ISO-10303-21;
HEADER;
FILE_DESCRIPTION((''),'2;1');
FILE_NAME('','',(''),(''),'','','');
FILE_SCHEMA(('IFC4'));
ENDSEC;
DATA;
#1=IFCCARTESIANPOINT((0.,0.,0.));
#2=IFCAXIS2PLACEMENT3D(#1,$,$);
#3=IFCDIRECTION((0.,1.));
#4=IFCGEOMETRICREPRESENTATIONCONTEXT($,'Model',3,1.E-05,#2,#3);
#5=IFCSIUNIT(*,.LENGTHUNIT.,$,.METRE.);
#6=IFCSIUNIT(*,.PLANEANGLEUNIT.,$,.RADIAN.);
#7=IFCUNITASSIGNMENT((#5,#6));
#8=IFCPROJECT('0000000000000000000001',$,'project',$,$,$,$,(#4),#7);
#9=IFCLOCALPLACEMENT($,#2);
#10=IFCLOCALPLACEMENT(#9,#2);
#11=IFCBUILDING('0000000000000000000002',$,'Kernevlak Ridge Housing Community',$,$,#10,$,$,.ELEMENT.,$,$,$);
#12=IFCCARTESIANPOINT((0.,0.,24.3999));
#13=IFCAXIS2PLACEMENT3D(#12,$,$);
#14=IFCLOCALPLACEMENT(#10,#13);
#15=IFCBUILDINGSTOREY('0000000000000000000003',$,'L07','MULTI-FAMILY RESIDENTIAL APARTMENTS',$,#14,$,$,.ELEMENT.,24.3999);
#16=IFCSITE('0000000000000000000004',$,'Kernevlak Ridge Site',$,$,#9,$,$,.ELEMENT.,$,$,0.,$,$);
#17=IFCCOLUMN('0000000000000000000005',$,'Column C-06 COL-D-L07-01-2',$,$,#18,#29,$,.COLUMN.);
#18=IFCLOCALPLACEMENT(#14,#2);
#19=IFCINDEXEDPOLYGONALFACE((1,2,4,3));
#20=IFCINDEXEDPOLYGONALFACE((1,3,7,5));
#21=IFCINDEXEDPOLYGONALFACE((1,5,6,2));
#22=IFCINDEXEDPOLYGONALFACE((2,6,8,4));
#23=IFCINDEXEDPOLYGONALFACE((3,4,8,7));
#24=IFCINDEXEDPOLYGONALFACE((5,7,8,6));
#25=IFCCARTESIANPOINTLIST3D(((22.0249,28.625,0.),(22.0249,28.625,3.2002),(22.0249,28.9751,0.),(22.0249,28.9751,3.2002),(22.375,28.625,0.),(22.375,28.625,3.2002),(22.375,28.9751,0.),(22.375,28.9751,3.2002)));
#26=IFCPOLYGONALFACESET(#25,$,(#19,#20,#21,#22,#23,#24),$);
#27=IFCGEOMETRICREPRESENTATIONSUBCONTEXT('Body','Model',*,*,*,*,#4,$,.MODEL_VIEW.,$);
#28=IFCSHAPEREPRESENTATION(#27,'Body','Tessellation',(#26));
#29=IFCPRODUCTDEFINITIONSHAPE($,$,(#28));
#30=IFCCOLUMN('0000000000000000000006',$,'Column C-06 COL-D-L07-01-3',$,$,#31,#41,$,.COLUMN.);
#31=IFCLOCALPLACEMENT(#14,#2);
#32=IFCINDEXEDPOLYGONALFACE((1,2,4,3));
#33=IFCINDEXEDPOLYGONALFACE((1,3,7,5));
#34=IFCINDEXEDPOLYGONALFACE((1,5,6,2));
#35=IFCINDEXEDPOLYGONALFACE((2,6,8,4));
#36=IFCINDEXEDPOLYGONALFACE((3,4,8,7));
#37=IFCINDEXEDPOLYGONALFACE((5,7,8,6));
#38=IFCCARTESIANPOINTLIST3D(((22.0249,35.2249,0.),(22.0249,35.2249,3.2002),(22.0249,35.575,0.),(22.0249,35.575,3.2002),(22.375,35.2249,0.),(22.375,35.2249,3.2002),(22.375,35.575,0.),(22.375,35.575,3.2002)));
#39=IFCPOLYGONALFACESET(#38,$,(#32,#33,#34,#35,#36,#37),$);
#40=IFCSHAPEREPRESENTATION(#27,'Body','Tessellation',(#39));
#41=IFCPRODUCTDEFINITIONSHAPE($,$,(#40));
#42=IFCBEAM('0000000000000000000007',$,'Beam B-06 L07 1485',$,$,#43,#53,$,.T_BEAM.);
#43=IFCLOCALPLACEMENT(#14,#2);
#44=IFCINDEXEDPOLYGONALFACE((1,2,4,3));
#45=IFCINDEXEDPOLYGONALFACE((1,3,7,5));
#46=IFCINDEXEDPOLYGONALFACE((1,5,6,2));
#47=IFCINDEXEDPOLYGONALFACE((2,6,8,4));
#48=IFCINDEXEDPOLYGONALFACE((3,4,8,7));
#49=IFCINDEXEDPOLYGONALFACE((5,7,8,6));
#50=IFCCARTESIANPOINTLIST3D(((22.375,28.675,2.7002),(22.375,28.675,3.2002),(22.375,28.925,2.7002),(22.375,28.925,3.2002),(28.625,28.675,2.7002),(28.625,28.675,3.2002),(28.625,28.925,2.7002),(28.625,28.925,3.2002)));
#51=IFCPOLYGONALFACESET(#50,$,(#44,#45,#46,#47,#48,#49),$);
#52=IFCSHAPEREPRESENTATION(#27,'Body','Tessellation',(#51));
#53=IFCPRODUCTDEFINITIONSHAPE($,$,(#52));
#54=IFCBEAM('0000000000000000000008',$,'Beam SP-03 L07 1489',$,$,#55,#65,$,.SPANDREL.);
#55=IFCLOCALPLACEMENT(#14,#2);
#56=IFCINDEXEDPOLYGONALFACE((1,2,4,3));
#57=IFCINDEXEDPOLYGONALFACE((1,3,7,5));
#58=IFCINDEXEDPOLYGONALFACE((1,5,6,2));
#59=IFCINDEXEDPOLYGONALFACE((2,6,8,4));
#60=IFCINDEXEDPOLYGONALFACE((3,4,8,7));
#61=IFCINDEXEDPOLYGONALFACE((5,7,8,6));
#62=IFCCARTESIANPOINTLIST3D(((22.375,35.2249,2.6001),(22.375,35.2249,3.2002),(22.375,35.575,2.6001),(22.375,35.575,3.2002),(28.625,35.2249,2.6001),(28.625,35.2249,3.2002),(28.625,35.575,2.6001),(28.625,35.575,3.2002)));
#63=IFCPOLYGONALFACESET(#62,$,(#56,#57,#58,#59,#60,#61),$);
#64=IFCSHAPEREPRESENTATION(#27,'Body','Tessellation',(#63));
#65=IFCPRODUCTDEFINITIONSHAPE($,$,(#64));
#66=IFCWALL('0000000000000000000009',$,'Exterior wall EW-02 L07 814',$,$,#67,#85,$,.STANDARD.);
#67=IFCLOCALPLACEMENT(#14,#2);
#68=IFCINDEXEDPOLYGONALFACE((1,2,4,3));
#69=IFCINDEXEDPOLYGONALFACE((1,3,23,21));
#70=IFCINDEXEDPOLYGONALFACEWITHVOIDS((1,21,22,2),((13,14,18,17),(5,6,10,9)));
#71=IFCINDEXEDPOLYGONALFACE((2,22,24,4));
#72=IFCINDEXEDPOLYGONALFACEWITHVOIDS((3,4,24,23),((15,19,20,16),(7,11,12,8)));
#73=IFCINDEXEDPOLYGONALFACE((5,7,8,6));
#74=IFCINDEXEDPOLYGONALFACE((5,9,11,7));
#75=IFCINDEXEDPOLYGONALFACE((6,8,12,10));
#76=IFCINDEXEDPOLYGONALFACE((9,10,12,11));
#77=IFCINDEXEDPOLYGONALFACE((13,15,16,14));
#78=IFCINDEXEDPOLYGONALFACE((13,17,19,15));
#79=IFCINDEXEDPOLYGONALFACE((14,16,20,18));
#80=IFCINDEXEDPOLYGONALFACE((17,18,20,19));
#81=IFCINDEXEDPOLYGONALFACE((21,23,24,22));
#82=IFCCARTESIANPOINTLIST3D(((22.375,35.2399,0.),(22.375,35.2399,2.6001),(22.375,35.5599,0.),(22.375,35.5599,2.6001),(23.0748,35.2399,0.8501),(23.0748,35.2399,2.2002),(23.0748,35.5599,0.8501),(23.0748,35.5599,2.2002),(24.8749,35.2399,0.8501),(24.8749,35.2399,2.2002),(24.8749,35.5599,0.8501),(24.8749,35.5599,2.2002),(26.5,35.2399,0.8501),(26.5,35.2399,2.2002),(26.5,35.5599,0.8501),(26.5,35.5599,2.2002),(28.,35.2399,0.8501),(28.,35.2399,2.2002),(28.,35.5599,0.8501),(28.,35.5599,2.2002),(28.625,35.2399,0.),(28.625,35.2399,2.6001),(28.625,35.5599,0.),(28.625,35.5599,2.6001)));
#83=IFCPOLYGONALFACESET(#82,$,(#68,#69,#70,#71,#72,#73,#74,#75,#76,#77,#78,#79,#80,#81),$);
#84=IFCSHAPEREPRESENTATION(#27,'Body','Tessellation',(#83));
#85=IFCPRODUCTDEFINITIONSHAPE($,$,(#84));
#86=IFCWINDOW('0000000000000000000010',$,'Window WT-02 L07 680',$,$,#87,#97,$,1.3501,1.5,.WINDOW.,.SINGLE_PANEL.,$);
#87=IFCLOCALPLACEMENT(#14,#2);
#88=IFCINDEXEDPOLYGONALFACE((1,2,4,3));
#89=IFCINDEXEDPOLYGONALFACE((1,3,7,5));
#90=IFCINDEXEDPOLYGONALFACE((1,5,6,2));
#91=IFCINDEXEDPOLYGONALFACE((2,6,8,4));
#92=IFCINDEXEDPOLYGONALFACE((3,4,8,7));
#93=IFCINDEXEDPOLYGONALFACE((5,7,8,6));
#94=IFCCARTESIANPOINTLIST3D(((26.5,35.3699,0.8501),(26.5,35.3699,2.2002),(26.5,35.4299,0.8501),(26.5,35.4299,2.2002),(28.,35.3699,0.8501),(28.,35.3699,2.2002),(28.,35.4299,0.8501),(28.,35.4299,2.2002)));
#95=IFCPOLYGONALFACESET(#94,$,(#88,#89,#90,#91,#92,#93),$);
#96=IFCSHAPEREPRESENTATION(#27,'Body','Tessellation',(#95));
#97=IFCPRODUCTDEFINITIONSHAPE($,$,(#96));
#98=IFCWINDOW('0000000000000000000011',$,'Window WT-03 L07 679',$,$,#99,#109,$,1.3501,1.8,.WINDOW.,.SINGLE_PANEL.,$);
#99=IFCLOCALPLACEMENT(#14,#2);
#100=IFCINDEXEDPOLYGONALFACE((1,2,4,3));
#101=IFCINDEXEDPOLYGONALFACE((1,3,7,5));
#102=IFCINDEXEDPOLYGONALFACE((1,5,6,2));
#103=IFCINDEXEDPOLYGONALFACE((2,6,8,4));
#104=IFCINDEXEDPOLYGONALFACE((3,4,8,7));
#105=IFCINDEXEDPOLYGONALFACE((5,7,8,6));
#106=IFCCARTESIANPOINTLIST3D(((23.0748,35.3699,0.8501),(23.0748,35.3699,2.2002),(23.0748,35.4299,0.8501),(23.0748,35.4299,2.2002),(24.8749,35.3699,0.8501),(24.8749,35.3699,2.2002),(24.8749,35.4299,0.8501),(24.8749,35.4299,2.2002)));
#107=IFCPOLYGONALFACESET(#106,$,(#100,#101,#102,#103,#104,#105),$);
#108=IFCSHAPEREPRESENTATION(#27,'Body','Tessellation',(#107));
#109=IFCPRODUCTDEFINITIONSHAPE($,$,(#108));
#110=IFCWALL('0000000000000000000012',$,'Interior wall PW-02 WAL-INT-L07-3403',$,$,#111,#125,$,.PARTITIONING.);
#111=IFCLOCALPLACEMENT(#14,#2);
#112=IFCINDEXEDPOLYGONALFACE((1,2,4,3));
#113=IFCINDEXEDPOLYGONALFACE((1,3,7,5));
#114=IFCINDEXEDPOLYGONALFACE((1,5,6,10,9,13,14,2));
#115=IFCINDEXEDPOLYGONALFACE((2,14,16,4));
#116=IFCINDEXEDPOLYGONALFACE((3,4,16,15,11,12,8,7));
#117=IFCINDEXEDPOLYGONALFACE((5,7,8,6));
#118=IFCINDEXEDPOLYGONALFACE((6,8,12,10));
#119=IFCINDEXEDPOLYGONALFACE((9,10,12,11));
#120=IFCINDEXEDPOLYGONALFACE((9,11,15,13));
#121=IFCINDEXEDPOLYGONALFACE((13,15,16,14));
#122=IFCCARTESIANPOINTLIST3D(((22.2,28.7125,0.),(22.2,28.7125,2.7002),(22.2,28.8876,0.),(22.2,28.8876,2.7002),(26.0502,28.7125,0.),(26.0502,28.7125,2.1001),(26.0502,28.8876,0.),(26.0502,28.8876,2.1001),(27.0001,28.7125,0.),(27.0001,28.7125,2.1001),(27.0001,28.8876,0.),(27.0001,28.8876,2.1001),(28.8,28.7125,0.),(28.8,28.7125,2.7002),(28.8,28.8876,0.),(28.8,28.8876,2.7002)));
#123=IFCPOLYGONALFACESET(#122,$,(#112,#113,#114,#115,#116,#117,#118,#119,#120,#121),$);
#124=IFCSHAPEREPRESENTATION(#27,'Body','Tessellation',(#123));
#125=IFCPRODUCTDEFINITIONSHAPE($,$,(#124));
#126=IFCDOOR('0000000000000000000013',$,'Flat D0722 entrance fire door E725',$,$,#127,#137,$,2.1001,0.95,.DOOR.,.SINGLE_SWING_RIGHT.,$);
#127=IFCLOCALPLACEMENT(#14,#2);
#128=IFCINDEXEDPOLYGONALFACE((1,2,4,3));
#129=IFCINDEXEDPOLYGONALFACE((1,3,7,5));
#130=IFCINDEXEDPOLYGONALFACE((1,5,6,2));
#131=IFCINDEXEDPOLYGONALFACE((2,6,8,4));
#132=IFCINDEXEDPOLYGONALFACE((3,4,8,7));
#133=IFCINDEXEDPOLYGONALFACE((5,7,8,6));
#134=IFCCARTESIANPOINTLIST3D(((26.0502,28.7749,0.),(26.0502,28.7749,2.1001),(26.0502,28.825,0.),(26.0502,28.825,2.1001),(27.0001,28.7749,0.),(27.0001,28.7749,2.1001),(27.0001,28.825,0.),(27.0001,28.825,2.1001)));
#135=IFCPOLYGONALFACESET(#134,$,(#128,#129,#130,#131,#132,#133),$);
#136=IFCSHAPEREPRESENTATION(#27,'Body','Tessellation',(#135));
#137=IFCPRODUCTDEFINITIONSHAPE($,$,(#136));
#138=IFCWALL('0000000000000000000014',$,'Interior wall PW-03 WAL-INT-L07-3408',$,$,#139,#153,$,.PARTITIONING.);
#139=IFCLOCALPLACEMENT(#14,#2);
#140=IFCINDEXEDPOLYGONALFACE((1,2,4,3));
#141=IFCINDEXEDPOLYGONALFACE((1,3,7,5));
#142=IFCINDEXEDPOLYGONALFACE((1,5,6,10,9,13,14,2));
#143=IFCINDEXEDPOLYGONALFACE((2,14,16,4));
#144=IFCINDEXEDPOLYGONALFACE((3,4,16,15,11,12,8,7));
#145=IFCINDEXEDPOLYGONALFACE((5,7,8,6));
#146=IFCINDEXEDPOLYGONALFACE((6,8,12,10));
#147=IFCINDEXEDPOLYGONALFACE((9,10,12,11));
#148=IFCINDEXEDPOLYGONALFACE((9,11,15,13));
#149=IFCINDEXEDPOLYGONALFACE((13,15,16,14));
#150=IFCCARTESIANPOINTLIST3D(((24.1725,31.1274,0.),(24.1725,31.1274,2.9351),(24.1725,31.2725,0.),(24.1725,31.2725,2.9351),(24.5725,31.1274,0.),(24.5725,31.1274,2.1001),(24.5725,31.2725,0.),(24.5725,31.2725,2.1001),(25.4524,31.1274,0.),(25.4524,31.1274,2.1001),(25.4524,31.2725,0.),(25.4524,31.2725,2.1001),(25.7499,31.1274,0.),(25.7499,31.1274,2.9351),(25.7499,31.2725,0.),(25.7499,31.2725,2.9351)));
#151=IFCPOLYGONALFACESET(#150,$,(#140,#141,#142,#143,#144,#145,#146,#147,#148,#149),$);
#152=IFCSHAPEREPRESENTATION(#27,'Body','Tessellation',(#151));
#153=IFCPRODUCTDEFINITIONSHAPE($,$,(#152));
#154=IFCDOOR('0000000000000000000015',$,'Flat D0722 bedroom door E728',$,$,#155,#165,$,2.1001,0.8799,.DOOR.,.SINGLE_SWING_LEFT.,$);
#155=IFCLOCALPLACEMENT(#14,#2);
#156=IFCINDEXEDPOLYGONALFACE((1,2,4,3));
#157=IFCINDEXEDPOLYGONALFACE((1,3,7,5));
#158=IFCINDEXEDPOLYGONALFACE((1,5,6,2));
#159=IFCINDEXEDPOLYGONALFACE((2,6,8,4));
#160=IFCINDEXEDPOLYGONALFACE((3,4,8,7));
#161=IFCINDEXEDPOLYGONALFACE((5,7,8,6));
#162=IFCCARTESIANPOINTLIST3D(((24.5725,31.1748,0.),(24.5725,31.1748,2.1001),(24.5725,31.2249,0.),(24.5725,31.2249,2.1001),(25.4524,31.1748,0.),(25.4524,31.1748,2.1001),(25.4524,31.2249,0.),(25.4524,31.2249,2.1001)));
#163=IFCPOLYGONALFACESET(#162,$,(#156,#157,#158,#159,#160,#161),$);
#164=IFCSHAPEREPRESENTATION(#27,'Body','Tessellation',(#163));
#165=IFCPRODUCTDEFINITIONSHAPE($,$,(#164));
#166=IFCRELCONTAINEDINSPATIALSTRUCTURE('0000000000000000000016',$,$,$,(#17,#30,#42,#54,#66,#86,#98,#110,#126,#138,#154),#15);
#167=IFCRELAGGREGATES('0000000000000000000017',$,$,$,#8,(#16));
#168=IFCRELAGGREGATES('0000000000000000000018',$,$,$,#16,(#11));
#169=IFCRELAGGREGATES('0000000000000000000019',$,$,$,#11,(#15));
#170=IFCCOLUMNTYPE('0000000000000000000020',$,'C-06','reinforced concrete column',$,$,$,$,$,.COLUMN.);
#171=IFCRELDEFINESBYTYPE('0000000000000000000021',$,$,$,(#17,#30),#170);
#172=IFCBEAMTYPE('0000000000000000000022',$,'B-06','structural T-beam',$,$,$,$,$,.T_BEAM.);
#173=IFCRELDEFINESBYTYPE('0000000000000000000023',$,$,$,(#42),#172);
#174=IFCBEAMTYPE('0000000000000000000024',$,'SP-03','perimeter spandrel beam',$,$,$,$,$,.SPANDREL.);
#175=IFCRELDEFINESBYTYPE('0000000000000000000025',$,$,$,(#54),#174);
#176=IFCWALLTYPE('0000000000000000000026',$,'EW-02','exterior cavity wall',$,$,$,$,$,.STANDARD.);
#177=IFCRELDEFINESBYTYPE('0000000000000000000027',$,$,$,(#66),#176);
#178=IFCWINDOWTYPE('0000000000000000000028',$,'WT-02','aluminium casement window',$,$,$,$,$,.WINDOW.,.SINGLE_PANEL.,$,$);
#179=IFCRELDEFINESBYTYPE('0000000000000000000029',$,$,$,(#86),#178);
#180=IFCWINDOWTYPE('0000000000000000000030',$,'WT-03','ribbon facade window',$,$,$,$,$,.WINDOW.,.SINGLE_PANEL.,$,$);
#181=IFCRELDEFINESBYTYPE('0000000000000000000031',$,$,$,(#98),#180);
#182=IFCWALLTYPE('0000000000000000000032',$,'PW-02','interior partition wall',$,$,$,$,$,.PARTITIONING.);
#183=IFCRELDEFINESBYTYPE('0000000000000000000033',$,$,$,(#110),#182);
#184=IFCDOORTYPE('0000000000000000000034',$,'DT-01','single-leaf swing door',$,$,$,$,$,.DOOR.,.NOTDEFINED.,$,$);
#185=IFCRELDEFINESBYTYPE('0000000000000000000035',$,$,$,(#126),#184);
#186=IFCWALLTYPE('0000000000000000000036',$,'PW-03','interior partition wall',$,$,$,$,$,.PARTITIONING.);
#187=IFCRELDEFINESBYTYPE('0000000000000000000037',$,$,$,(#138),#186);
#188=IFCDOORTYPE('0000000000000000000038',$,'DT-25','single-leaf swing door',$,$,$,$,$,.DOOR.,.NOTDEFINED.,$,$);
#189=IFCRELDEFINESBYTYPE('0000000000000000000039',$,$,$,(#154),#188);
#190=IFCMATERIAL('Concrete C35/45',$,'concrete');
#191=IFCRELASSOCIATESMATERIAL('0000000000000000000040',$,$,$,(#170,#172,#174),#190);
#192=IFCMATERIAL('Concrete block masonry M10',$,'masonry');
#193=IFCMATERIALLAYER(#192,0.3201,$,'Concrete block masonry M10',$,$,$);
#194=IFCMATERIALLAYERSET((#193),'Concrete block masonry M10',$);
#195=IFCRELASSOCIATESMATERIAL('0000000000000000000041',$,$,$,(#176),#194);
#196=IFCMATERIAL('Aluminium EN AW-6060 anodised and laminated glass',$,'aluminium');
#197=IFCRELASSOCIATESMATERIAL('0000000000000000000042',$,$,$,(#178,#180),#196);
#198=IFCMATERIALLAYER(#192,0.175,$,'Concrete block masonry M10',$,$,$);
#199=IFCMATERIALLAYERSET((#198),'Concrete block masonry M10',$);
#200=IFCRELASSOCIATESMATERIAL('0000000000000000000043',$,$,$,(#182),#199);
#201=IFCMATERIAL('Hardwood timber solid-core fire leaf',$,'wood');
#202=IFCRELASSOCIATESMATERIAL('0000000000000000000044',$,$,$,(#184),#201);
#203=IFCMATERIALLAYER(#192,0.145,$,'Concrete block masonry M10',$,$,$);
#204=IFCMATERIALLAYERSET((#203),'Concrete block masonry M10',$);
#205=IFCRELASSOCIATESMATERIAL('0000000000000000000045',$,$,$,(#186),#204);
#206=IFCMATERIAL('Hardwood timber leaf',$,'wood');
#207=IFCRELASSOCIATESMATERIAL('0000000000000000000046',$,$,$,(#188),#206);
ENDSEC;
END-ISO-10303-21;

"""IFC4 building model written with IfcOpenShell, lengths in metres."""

from ifc_helpers import new_model, si_unit, direction, frame, frame_2d, origin, origin_2d, place, context, subcontext, project, spatial, rectangle, extrude, material, layer, layer_set, material_profile, profile_set, type_object, element, fill, save


model = new_model("IFC4")

# Units and contexts
model_context = context("Model", 3, precision=1e-05, world=origin(), true_north=direction((0.0, 1.0)))
body_context = subcontext(model_context, "Body", "Model", "MODEL_VIEW")
ifc_project = project(units=[si_unit("LENGTHUNIT", "METRE"), si_unit("PLANEANGLEUNIT", "RADIAN")], contexts=[model_context])

# Site, building, storey
site_placement = place(None, origin())
site = spatial("IfcSite", under=ifc_project, at=site_placement, Name="Kernevlak Ridge Site", CompositionType="ELEMENT", RefElevation=0.0)
building_placement = place(site_placement, origin())
building = spatial("IfcBuilding", under=site, at=building_placement, Name="Kernevlak Ridge Housing Community", CompositionType="ELEMENT")
storey_placement = place(building_placement, frame((0.0, 0.0, 24.3999)))
storey = spatial("IfcBuildingStorey", under=building, at=storey_placement, Name="L07", Description="MULTI-FAMILY RESIDENTIAL APARTMENTS", CompositionType="ELEMENT", Elevation=24.3999)

# Columns
ifc_material_1 = material(Name="Concrete C35/45", Category="concrete")
ifc_material_profile_1 = material_profile(ifc_material_1, rectangle(XDim=0.3501, YDim=0.3501, at=origin_2d()), Name="RC 350x350")
ifc_profile_set_1 = profile_set([ifc_material_profile_1], Name="Concrete C35/45")
column_type = type_object("IfcColumnType", Name="C-06", Description="reinforced concrete column", PredefinedType="COLUMN", material=ifc_profile_set_1)
for number, where, z_axis, x_axis, name in (
    (1, (22.2, 28.8, 0.0), (0.0, 0.0, 1.0), (1.0, 0.0, 0.0), "Column C-06 COL-D-L07-01-2"),
    (2, (22.2, 35.3999, 0.0), (0.0, 0.0, 1.0), (1.0, 0.0, 0.0), "Column C-06 COL-D-L07-01-3"),
):
    element("IfcColumn", number, at=place(storey_placement, frame(where, z_axis=z_axis, x_axis=x_axis)), inside=storey, type_object=column_type, Name=name, PredefinedType="COLUMN", context=body_context, shape_type="SweptSolid", body=[
        extrude(rectangle(XDim=0.3501, YDim=0.3501, at=origin_2d()), origin(), (0.0, 0.0, 1.0), 3.2002),
    ])

# Beams
ifc_material_profile_2 = material_profile(ifc_material_1, rectangle(XDim=0.25, YDim=0.5, at=origin_2d()), Name="RC 250x500")
ifc_profile_set_2 = profile_set([ifc_material_profile_2], Name="Concrete C35/45")
beam_type_1 = type_object("IfcBeamType", Name="B-06", Description="structural T-beam", PredefinedType="T_BEAM", material=ifc_profile_set_2)
beam_1_placement = place(storey_placement, frame((22.375, 28.8, 2.9502), z_axis=(1.0, 0.0, 0.0), x_axis=(0.0, 1.0, 0.0)))
element("IfcBeam", 3, at=beam_1_placement, inside=storey, type_object=beam_type_1, Name="Beam B-06 L07 1485", PredefinedType="T_BEAM", context=body_context, shape_type="SweptSolid", body=[
    extrude(rectangle(XDim=0.25, YDim=0.5, at=origin_2d()), origin(), (0.0, 0.0, 1.0), 6.25),
])
ifc_material_profile_3 = material_profile(ifc_material_1, rectangle(XDim=0.3501, YDim=0.6001, at=origin_2d()), Name="RC 350x600")
ifc_profile_set_3 = profile_set([ifc_material_profile_3], Name="Concrete C35/45")
beam_type_2 = type_object("IfcBeamType", Name="SP-03", Description="perimeter spandrel beam", PredefinedType="SPANDREL", material=ifc_profile_set_3)
beam_2_placement = place(storey_placement, frame((22.375, 35.3999, 2.9001), z_axis=(1.0, 0.0, 0.0), x_axis=(0.0, 1.0, 0.0)))
element("IfcBeam", 4, at=beam_2_placement, inside=storey, type_object=beam_type_2, Name="Beam SP-03 L07 1489", PredefinedType="SPANDREL", context=body_context, shape_type="SweptSolid", body=[
    extrude(rectangle(XDim=0.3501, YDim=0.6001, at=origin_2d()), origin(), (0.0, 0.0, 1.0), 6.25),
])

# Wall, openings, windows
ifc_material_2 = material(Name="Concrete block masonry M10", Category="masonry")
ifc_layer_1 = layer(ifc_material_2, 0.3201, Name="Concrete block masonry M10")
ifc_layer_set_1 = layer_set([ifc_layer_1], Name="Concrete block masonry M10")
wall_type_1 = type_object("IfcWallType", Name="EW-02", Description="exterior cavity wall", PredefinedType="STANDARD", material=ifc_layer_set_1)
wall_1_placement = place(storey_placement, frame((22.375, 35.3999, 0.0), z_axis=(0.0, 0.0, 1.0), x_axis=(1.0, 0.0, 0.0)))
wall_1 = element("IfcWall", 5, at=wall_1_placement, inside=storey, type_object=wall_type_1, Name="Exterior wall EW-02 L07 814", PredefinedType="STANDARD", context=body_context, shape_type="SweptSolid", body=[
    extrude(rectangle(XDim=6.25, YDim=0.3201, at=frame_2d((3.125, 0.0))), origin(), (0.0, 0.0, 1.0), 2.6001),
])
opening_1_placement = place(wall_1_placement, frame((0.7, 0.0, 0.8501)))
opening_1 = element("IfcOpeningElement", 6, at=opening_1_placement, cuts=wall_1, PredefinedType="OPENING", context=body_context, shape_type="SweptSolid", body=[
    extrude(rectangle(XDim=1.8, YDim=1.3501, at=frame_2d((0.8999, 0.675))), frame((0.0, 0.1699, 0.0), z_axis=(0.0, -1.0, 0.0), x_axis=(1.0, 0.0, 0.0)), (0.0, 0.0, 1.0), 0.3401),
])
opening_2_placement = place(wall_1_placement, frame((4.125, 0.0, 0.8501)))
opening_2 = element("IfcOpeningElement", 7, at=opening_2_placement, cuts=wall_1, PredefinedType="OPENING", context=body_context, shape_type="SweptSolid", body=[
    extrude(rectangle(XDim=1.5, YDim=1.3501, at=frame_2d((0.75, 0.675))), frame((0.0, 0.1699, 0.0), z_axis=(0.0, -1.0, 0.0), x_axis=(1.0, 0.0, 0.0)), (0.0, 0.0, 1.0), 0.3401),
])
ifc_material_3 = material(Name="Aluminium EN AW-6060 anodised and laminated glass", Category="aluminium")
window_type_1 = type_object("IfcWindowType", Name="WT-02", Description="aluminium casement window", PartitioningType="SINGLE_PANEL", PredefinedType="WINDOW", material=ifc_material_3)
window_1_placement = place(opening_2_placement, origin())
window_1 = element("IfcWindow", 8, at=window_1_placement, inside=storey, type_object=window_type_1, Name="Window WT-02 L07 680", OverallHeight=1.3501, OverallWidth=1.5, PartitioningType="SINGLE_PANEL", PredefinedType="WINDOW", context=body_context, shape_type="SweptSolid", body=[
    extrude(rectangle(XDim=1.5, YDim=1.3501, at=frame_2d((0.75, 0.675))), frame((0.0, 0.03, 0.0), z_axis=(0.0, -1.0, 0.0), x_axis=(1.0, 0.0, 0.0)), (0.0, 0.0, 1.0), 0.0601),
])
fill(opening_2, window_1)
window_type_2 = type_object("IfcWindowType", Name="WT-03", Description="ribbon facade window", PartitioningType="SINGLE_PANEL", PredefinedType="WINDOW", material=ifc_material_3)
window_2_placement = place(opening_1_placement, origin())
window_2 = element("IfcWindow", 9, at=window_2_placement, inside=storey, type_object=window_type_2, Name="Window WT-03 L07 679", OverallHeight=1.3501, OverallWidth=1.8, PartitioningType="SINGLE_PANEL", PredefinedType="WINDOW", context=body_context, shape_type="SweptSolid", body=[
    extrude(rectangle(XDim=1.8, YDim=1.3501, at=frame_2d((0.8999, 0.675))), frame((0.0, 0.03, 0.0), z_axis=(0.0, -1.0, 0.0), x_axis=(1.0, 0.0, 0.0)), (0.0, 0.0, 1.0), 0.0601),
])
fill(opening_1, window_2)

# Walls, openings, doors
ifc_layer_2 = layer(ifc_material_2, 0.175, Name="Concrete block masonry M10")
ifc_layer_set_2 = layer_set([ifc_layer_2], Name="Concrete block masonry M10")
wall_type_2 = type_object("IfcWallType", Name="PW-02", Description="interior partition wall", PredefinedType="PARTITIONING", material=ifc_layer_set_2)
wall_2_placement = place(storey_placement, frame((22.2, 28.8, 0.0), z_axis=(0.0, 0.0, 1.0), x_axis=(1.0, 0.0, 0.0)))
wall_2 = element("IfcWall", 10, at=wall_2_placement, inside=storey, type_object=wall_type_2, Name="Interior wall PW-02 WAL-INT-L07-3403", PredefinedType="PARTITIONING", context=body_context, shape_type="SweptSolid", body=[
    extrude(rectangle(XDim=6.6001, YDim=0.175, at=frame_2d((3.3, 0.0))), origin(), (0.0, 0.0, 1.0), 2.7002),
])
opening_3_placement = place(wall_2_placement, frame((3.8501, 0.0, 0.0)))
opening_3 = element("IfcOpeningElement", 11, at=opening_3_placement, cuts=wall_2, PredefinedType="OPENING", context=body_context, shape_type="SweptSolid", body=[
    extrude(rectangle(XDim=0.95, YDim=2.1001, at=frame_2d((0.4751, 1.05))), frame((0.0, 0.0974, 0.0), z_axis=(0.0, -1.0, 0.0), x_axis=(1.0, 0.0, 0.0)), (0.0, 0.0, 1.0), 0.1951),
])
ifc_material_4 = material(Name="Hardwood timber solid-core fire leaf", Category="wood")
door_type_1 = type_object("IfcDoorType", Name="DT-01", Description="single-leaf swing door", OperationType="NOTDEFINED", PredefinedType="DOOR", material=ifc_material_4)
door_1_placement = place(opening_3_placement, origin())
door_1 = element("IfcDoor", 12, at=door_1_placement, inside=storey, type_object=door_type_1, Name="Flat D0722 entrance fire door E725", OperationType="SINGLE_SWING_RIGHT", OverallHeight=2.1001, OverallWidth=0.95, PredefinedType="DOOR", context=body_context, shape_type="SweptSolid", body=[
    extrude(rectangle(XDim=0.95, YDim=2.1001, at=frame_2d((0.4751, 1.05))), frame((0.0, 0.0249, 0.0), z_axis=(0.0, -1.0, 0.0), x_axis=(1.0, 0.0, 0.0)), (0.0, 0.0, 1.0), 0.05),
])
fill(opening_3, door_1)
ifc_layer_3 = layer(ifc_material_2, 0.145, Name="Concrete block masonry M10")
ifc_layer_set_3 = layer_set([ifc_layer_3], Name="Concrete block masonry M10")
wall_type_3 = type_object("IfcWallType", Name="PW-03", Description="interior partition wall", PredefinedType="PARTITIONING", material=ifc_layer_set_3)
wall_3_placement = place(storey_placement, frame((24.1726, 31.2, 0.0), z_axis=(0.0, 0.0, 1.0), x_axis=(1.0, 0.0, 0.0)))
wall_3 = element("IfcWall", 13, at=wall_3_placement, inside=storey, type_object=wall_type_3, Name="Interior wall PW-03 WAL-INT-L07-3408", PredefinedType="PARTITIONING", context=body_context, shape_type="SweptSolid", body=[
    extrude(rectangle(XDim=1.5774, YDim=0.145, at=frame_2d((0.7886, 0.0))), origin(), (0.0, 0.0, 1.0), 2.9351),
])
opening_4_placement = place(wall_3_placement, frame((0.3999, 0.0, 0.0)))
opening_4 = element("IfcOpeningElement", 14, at=opening_4_placement, cuts=wall_3, PredefinedType="OPENING", context=body_context, shape_type="SweptSolid", body=[
    extrude(rectangle(XDim=0.8799, YDim=2.1001, at=frame_2d((0.4399, 1.05))), frame((0.0, 0.0825, 0.0), z_axis=(0.0, -1.0, 0.0), x_axis=(1.0, 0.0, 0.0)), (0.0, 0.0, 1.0), 0.165),
])
ifc_material_5 = material(Name="Hardwood timber leaf", Category="wood")
door_type_2 = type_object("IfcDoorType", Name="DT-25", Description="single-leaf swing door", OperationType="NOTDEFINED", PredefinedType="DOOR", material=ifc_material_5)
door_2_placement = place(opening_4_placement, origin())
door_2 = element("IfcDoor", 15, at=door_2_placement, inside=storey, type_object=door_type_2, Name="Flat D0722 bedroom door E728", OperationType="SINGLE_SWING_LEFT", OverallHeight=2.1001, OverallWidth=0.8799, PredefinedType="DOOR", context=body_context, shape_type="SweptSolid", body=[
    extrude(rectangle(XDim=0.8799, YDim=2.1001, at=frame_2d((0.4399, 1.05))), frame((0.0, 0.0249, 0.0), z_axis=(0.0, -1.0, 0.0), x_axis=(1.0, 0.0, 0.0)), (0.0, 0.0, 1.0), 0.05),
])
fill(opening_4, door_2)

save(model, "model.ifc")
